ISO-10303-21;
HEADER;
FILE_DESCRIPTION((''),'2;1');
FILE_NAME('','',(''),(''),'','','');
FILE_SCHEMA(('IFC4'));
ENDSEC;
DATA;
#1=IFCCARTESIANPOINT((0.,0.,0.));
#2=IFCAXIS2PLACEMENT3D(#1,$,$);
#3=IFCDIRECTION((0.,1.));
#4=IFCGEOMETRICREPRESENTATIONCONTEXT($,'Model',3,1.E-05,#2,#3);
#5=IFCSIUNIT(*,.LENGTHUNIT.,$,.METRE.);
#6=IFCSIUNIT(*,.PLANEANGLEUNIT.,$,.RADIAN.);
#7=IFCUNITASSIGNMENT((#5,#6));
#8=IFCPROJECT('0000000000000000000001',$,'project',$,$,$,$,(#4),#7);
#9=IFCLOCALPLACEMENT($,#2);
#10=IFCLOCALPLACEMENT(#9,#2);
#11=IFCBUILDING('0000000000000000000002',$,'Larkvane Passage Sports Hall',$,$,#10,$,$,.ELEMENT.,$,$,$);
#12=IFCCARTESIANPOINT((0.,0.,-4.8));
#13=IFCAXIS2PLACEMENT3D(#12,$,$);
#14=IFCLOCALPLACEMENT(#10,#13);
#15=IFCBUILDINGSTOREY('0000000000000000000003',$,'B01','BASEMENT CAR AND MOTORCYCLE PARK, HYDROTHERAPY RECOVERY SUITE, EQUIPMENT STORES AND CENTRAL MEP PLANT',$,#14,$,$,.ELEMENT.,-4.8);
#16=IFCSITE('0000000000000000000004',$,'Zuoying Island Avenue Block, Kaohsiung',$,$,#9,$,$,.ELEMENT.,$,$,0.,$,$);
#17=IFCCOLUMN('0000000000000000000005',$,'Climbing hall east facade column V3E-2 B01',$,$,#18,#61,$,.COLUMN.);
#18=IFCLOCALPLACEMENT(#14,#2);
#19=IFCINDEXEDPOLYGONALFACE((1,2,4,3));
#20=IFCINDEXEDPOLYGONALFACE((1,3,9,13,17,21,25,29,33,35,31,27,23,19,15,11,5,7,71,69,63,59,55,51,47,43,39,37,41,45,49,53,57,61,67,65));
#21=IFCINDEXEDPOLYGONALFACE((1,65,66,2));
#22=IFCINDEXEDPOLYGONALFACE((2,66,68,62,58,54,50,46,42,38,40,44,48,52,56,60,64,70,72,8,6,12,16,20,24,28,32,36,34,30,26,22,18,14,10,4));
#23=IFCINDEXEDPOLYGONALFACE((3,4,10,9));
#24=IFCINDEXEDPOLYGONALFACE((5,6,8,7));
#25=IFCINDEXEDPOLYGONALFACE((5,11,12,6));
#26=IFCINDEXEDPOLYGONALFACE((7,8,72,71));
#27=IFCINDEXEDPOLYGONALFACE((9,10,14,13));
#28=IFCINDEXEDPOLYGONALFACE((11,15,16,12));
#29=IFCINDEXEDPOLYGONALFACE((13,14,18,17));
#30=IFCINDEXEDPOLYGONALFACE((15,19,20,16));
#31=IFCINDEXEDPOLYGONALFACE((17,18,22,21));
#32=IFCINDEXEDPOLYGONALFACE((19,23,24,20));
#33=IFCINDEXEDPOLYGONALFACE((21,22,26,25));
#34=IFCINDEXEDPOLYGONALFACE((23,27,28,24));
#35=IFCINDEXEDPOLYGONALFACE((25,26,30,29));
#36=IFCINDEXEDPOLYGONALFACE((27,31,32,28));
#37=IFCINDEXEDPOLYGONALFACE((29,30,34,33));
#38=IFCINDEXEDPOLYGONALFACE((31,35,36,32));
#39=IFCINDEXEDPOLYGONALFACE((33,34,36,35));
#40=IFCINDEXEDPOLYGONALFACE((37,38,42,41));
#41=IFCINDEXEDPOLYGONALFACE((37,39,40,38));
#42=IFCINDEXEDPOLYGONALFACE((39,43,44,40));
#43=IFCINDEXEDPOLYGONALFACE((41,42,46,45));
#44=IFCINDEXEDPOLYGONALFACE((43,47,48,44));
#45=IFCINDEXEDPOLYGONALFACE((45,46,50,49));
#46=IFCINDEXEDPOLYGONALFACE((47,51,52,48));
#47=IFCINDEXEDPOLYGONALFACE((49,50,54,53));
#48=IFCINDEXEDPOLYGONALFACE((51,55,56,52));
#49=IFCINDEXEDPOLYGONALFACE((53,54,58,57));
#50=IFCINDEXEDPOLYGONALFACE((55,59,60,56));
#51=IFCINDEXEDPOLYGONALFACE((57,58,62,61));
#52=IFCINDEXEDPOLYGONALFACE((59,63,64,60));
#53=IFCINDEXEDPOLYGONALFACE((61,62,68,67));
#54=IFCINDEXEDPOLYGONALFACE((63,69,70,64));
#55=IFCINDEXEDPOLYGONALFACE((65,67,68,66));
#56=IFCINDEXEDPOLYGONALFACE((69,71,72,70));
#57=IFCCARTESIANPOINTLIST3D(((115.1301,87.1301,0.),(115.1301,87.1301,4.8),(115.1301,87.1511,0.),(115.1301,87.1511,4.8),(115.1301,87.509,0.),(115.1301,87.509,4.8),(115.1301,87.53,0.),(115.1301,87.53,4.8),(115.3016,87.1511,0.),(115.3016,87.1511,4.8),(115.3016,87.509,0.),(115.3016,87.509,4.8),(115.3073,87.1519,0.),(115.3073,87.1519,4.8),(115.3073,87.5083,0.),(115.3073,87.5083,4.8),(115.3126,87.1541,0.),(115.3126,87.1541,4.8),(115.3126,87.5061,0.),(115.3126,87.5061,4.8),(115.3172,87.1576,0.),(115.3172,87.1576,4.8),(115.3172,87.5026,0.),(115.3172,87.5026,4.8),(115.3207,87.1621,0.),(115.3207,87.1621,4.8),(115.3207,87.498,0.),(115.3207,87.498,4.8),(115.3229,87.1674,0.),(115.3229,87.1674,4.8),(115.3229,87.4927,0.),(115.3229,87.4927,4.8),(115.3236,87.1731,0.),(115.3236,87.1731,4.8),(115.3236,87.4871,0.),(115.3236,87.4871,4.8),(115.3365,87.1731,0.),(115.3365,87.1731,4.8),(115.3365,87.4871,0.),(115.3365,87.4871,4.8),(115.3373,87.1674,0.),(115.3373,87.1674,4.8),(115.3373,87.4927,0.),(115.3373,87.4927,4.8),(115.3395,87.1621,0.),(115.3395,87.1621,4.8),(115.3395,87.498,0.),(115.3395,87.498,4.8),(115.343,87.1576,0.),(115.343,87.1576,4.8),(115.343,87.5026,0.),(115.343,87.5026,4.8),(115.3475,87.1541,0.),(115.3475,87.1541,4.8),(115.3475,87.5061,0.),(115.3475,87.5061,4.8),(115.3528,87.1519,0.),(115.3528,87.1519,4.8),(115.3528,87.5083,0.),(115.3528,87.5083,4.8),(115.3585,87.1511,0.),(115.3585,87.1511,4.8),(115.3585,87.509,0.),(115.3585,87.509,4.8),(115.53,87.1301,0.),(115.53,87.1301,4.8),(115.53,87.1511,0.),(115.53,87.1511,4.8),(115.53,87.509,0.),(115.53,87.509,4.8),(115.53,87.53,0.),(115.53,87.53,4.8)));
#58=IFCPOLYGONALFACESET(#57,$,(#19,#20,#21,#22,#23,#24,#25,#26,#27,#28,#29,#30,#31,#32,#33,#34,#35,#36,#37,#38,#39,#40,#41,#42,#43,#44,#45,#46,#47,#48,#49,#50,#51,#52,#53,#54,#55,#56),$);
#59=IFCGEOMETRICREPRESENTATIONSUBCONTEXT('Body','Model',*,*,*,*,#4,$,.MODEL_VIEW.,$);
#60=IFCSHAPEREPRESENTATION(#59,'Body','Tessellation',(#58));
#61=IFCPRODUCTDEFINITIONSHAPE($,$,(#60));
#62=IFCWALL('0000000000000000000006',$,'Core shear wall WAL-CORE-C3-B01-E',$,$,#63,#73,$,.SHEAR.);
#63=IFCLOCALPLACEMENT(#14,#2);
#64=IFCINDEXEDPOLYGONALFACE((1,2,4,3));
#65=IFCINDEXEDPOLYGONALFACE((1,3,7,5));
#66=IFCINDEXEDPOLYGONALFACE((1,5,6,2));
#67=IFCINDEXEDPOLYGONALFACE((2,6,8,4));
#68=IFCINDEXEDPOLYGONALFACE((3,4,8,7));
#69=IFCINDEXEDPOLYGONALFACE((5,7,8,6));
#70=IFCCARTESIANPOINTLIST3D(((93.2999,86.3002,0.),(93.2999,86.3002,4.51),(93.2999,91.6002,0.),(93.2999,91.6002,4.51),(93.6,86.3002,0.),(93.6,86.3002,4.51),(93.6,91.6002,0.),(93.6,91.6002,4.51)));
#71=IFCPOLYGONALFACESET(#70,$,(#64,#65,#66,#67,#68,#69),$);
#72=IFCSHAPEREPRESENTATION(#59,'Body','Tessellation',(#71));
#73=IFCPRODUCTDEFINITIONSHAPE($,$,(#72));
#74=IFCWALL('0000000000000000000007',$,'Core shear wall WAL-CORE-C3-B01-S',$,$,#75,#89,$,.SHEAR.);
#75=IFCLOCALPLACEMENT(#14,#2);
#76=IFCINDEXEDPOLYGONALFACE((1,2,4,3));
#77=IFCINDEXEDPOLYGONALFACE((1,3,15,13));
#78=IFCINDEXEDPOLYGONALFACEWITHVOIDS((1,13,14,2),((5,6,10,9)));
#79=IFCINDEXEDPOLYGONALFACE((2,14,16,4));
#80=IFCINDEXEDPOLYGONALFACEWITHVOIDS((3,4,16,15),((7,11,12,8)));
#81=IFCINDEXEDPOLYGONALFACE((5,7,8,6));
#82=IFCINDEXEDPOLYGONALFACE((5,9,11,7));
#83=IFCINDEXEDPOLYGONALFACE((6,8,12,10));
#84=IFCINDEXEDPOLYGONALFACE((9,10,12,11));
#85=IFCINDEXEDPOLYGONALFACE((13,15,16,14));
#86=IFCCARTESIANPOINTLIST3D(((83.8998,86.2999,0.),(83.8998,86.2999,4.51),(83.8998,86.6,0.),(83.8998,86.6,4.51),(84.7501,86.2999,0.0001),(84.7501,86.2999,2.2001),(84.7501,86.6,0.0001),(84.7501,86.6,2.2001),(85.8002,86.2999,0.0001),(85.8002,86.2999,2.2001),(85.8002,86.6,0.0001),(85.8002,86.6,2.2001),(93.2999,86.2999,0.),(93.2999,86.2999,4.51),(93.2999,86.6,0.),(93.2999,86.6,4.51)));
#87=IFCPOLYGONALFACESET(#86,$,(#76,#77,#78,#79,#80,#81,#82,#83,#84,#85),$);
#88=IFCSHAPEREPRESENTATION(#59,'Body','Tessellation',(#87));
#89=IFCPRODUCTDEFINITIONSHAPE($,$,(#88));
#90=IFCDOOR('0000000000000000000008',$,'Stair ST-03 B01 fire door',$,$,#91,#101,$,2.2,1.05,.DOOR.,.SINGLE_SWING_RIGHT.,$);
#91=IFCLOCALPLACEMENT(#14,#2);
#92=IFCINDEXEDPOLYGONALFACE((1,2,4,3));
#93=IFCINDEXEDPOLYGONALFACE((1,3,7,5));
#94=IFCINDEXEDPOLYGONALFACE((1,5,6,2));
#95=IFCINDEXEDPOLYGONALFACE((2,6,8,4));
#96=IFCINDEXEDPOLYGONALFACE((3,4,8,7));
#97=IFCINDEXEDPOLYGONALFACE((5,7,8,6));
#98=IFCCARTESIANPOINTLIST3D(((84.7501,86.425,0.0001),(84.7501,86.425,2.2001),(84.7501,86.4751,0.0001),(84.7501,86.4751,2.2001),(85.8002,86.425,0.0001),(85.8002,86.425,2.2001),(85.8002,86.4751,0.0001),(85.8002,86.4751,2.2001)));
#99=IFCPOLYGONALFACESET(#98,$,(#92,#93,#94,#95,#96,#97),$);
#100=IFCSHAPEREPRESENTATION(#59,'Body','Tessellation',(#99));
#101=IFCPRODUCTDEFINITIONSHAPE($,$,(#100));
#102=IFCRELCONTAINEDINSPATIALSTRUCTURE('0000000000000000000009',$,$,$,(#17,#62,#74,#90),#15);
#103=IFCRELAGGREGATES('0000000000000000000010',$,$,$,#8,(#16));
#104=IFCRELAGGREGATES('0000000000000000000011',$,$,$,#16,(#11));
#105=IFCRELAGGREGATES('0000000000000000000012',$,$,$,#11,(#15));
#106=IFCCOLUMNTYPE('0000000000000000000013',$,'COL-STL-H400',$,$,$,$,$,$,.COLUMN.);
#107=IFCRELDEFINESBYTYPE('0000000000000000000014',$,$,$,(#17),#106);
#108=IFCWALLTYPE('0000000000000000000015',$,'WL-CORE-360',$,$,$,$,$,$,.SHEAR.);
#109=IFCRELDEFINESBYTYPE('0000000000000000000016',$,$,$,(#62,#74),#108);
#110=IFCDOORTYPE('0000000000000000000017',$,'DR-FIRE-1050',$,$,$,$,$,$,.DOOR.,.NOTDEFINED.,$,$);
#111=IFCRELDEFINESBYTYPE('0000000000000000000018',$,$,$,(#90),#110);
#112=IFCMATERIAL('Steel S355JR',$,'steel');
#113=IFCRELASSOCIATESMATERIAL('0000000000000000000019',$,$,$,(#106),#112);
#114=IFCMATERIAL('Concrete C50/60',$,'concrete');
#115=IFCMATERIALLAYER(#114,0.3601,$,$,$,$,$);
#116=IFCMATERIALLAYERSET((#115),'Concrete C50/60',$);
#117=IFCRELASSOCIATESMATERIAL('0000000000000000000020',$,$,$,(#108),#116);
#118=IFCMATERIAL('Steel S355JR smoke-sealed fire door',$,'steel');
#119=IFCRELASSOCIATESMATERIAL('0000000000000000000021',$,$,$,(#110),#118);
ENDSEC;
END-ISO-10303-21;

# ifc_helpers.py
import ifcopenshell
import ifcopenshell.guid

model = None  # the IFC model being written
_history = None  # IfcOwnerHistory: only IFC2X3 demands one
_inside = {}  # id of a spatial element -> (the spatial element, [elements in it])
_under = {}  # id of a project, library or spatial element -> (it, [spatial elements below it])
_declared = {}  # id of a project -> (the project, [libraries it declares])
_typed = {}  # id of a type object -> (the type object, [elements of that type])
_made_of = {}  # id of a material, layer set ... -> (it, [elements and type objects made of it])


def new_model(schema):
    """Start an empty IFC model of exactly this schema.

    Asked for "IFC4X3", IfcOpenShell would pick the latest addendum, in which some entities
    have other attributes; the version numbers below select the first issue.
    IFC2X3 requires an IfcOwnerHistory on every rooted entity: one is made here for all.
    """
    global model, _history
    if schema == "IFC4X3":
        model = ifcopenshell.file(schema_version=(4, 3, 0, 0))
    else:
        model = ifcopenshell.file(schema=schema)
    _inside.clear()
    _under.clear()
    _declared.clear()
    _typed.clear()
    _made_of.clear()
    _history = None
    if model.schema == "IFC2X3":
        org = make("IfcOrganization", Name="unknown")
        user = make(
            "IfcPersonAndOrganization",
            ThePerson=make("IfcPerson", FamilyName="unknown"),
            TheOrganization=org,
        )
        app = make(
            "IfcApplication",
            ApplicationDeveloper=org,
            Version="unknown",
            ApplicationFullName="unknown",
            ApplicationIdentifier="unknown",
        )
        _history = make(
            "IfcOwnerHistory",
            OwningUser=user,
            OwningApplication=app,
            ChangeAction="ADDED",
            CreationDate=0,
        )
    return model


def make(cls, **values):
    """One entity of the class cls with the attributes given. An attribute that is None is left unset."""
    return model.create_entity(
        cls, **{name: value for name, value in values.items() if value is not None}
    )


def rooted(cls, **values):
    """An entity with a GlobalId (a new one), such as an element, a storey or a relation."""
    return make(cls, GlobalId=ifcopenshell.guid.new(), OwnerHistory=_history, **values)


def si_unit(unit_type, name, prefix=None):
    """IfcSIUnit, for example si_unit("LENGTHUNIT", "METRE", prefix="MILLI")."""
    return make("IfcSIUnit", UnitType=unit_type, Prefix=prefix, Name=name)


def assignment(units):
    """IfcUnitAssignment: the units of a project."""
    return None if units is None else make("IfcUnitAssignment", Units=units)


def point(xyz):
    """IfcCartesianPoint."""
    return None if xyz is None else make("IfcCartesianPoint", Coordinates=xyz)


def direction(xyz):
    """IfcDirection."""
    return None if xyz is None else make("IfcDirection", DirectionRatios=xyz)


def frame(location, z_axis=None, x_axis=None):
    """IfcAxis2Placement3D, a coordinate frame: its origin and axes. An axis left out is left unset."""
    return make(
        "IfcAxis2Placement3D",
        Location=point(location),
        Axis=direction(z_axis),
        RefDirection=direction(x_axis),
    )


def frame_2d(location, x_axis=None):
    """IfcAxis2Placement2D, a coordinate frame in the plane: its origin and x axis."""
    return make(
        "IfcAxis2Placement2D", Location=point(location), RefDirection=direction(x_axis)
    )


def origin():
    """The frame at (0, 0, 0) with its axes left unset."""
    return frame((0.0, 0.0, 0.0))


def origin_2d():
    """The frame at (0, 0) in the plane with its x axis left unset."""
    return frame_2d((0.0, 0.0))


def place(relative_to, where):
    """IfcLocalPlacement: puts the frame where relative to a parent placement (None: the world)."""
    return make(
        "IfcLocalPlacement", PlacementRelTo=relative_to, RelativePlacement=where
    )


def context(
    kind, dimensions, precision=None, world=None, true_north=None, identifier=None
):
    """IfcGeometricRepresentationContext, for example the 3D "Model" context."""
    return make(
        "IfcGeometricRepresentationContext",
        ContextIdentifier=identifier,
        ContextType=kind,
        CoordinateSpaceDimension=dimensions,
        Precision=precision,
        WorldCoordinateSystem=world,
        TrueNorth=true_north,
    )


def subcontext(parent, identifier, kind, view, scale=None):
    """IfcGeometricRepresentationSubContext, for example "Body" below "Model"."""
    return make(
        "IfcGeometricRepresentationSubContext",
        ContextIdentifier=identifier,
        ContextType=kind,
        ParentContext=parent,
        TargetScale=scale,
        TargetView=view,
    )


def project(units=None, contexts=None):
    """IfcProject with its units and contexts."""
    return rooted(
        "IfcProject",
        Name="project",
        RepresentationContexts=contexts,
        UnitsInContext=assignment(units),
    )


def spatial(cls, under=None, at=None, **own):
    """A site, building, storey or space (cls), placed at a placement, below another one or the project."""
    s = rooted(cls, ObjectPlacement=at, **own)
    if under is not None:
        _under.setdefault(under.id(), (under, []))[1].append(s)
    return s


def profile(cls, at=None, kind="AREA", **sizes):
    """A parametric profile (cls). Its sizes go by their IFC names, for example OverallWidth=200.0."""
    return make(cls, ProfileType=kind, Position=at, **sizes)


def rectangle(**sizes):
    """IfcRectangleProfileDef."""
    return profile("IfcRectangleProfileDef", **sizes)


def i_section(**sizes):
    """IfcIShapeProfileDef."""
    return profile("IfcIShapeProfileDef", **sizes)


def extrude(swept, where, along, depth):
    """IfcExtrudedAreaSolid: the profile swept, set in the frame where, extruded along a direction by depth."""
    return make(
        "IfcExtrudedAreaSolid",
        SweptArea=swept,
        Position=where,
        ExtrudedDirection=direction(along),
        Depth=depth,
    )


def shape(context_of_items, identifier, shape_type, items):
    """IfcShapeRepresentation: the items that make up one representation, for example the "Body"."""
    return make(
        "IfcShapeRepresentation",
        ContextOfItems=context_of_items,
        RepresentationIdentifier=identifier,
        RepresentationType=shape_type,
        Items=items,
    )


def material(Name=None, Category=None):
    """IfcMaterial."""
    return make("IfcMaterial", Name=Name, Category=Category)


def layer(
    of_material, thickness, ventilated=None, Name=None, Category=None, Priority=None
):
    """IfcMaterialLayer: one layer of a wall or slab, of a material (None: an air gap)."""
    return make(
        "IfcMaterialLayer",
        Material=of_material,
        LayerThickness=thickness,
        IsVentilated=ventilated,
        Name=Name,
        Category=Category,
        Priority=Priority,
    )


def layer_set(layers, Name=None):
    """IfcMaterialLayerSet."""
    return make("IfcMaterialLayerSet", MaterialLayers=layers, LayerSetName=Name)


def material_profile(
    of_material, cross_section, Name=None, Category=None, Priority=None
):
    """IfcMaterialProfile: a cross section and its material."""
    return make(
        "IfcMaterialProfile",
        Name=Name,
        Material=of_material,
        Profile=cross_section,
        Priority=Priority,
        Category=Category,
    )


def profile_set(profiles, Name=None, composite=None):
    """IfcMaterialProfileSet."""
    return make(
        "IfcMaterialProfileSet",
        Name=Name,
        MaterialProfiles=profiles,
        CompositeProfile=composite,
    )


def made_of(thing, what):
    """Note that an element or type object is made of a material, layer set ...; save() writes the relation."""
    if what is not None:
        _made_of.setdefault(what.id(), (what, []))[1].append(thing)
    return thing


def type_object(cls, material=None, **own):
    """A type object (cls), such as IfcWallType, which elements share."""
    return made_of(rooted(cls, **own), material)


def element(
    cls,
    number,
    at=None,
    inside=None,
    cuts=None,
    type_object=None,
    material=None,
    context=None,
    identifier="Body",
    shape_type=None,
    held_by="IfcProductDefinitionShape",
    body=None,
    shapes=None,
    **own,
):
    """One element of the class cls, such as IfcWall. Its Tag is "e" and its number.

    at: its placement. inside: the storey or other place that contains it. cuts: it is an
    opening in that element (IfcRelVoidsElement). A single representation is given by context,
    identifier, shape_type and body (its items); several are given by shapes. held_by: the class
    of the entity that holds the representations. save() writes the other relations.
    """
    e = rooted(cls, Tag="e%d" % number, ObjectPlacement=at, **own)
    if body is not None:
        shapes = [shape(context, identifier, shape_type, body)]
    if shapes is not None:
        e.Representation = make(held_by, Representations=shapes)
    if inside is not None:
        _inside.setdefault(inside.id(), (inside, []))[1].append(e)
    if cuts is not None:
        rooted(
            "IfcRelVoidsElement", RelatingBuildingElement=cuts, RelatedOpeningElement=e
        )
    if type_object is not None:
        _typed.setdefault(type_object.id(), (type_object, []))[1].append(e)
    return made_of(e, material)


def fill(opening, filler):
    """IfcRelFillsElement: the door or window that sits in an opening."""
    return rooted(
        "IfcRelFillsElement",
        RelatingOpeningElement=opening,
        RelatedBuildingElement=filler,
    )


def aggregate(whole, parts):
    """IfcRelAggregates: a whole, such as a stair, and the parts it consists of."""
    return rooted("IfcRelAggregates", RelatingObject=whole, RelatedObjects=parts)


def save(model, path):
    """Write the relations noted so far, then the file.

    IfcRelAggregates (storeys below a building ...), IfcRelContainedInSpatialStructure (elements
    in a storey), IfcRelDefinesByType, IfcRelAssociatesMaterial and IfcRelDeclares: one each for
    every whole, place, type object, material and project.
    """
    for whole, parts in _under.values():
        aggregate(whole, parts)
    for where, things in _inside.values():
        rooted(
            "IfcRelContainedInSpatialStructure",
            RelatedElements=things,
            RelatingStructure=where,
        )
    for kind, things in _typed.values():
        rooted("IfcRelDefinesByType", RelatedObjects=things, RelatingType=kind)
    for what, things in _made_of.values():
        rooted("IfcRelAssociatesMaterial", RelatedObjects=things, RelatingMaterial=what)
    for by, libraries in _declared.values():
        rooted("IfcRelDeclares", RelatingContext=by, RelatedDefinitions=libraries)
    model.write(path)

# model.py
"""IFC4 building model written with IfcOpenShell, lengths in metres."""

from ifc_helpers import new_model, si_unit, direction, frame, frame_2d, origin, origin_2d, place, context, subcontext, project, spatial, rectangle, i_section, extrude, material, layer, layer_set, material_profile, profile_set, type_object, element, fill, save


model = new_model("IFC4")

# Units and contexts
model_context = context("Model", 3, precision=1e-05, world=origin(), true_north=direction((0.0, 1.0)))
body_context = subcontext(model_context, "Body", "Model", "MODEL_VIEW")
ifc_project = project(units=[si_unit("LENGTHUNIT", "METRE"), si_unit("PLANEANGLEUNIT", "RADIAN")], contexts=[model_context])

# Site, building, storey
site_placement = place(None, origin())
site = spatial("IfcSite", under=ifc_project, at=site_placement, Name="Zuoying Island Avenue Block, Kaohsiung", CompositionType="ELEMENT", RefElevation=0.0)
building_placement = place(site_placement, origin())
building = spatial("IfcBuilding", under=site, at=building_placement, Name="Larkvane Passage Sports Hall", CompositionType="ELEMENT")
storey_placement = place(building_placement, frame((0.0, 0.0, -4.8)))
storey = spatial("IfcBuildingStorey", under=building, at=storey_placement, Name="B01", Description="BASEMENT CAR AND MOTORCYCLE PARK, HYDROTHERAPY RECOVERY SUITE, EQUIPMENT STORES AND CENTRAL MEP PLANT", CompositionType="ELEMENT", Elevation=-4.8)

# Column
ifc_material_1 = material(Name="Concrete C50/60", Category="concrete")
ifc_material_2 = material(Name="Steel S355JR", Category="steel")
ifc_material_profile_1 = material_profile(ifc_material_2, i_section(OverallWidth=0.3999, OverallDepth=0.3999, WebThickness=0.0129, FlangeThickness=0.021, FilletRadius=0.022, at=origin_2d()), Name="H-400x400x13x21")
ifc_profile_set_1 = profile_set([ifc_material_profile_1], Name="Steel S355JR")
column_type_1 = type_object("IfcColumnType", Name="COL-STL-H400", PredefinedType="COLUMN", material=ifc_profile_set_1)
column_1_placement = place(storey_placement, frame((115.3301, 87.3301, 0.0), z_axis=(0.0, 0.0, 1.0), x_axis=(1.0, 0.0, 0.0)))
element("IfcColumn", 1, at=column_1_placement, inside=storey, type_object=column_type_1, Name="Climbing hall east facade column V3E-2 B01", PredefinedType="COLUMN", context=body_context, shape_type="SweptSolid", body=[
    extrude(i_section(OverallWidth=0.3999, OverallDepth=0.3999, WebThickness=0.0129, FlangeThickness=0.021, FilletRadius=0.022, at=origin_2d()), origin(), (0.0, 0.0, 1.0), 4.8),
])

# Wall
ifc_layer = layer(ifc_material_1, 0.3601)
ifc_layer_set = layer_set([ifc_layer], Name="Concrete C50/60")
wall_type = type_object("IfcWallType", Name="WL-CORE-360", PredefinedType="SHEAR", material=ifc_layer_set)
wall_1_placement = place(storey_placement, frame((93.45, 91.6001, 0.0), z_axis=(0.0, 0.0, 1.0), x_axis=(0.0, -1.0, 0.0)))
element("IfcWall", 2, at=wall_1_placement, inside=storey, type_object=wall_type, Name="Core shear wall WAL-CORE-C3-B01-E", PredefinedType="SHEAR", context=body_context, shape_type="SweptSolid", body=[
    extrude(rectangle(XDim=5.3, YDim=0.3, at=frame_2d((2.6499, 0.0))), origin(), (0.0, 0.0, 1.0), 4.51),
])

# Wall, opening, door
wall_2_placement = place(storey_placement, frame((93.3, 86.45, 0.0), z_axis=(0.0, 0.0, 1.0), x_axis=(-1.0, 0.0, 0.0)))
wall_2 = element("IfcWall", 3, at=wall_2_placement, inside=storey, type_object=wall_type, Name="Core shear wall WAL-CORE-C3-B01-S", PredefinedType="SHEAR", context=body_context, shape_type="SweptSolid", body=[
    extrude(rectangle(XDim=9.4001, YDim=0.3, at=frame_2d((4.7002, 0.0))), origin(), (0.0, 0.0, 1.0), 4.51),
])
opening_placement = place(wall_2_placement, frame((7.5, 0.0, 0.0)))
opening = element("IfcOpeningElement", 4, at=opening_placement, cuts=wall_2, PredefinedType="OPENING", context=body_context, shape_type="SweptSolid", body=[
    extrude(rectangle(XDim=1.05, YDim=2.2, at=frame_2d((0.5249, 1.1001))), frame((0.0, 0.1599, 0.0), z_axis=(0.0, -1.0, 0.0), x_axis=(1.0, 0.0, 0.0)), (0.0, 0.0, 1.0), 0.3201),
])
ifc_material_3 = material(Name="Steel S355JR smoke-sealed fire door", Category="steel")
door_type = type_object("IfcDoorType", Name="DR-FIRE-1050", OperationType="NOTDEFINED", PredefinedType="DOOR", material=ifc_material_3)
door_placement = place(opening_placement, origin())
door = element("IfcDoor", 5, at=door_placement, inside=storey, type_object=door_type, Name="Stair ST-03 B01 fire door", OperationType="SINGLE_SWING_RIGHT", OverallHeight=2.2, OverallWidth=1.05, PredefinedType="DOOR", context=body_context, shape_type="SweptSolid", body=[
    extrude(rectangle(XDim=1.05, YDim=2.2, at=frame_2d((0.5249, 1.1001))), frame((0.0, 0.0249, 0.0), z_axis=(0.0, -1.0, 0.0), x_axis=(1.0, 0.0, 0.0)), (0.0, 0.0, 1.0), 0.05),
])
fill(opening, door)

save(model, "model.ifc")
